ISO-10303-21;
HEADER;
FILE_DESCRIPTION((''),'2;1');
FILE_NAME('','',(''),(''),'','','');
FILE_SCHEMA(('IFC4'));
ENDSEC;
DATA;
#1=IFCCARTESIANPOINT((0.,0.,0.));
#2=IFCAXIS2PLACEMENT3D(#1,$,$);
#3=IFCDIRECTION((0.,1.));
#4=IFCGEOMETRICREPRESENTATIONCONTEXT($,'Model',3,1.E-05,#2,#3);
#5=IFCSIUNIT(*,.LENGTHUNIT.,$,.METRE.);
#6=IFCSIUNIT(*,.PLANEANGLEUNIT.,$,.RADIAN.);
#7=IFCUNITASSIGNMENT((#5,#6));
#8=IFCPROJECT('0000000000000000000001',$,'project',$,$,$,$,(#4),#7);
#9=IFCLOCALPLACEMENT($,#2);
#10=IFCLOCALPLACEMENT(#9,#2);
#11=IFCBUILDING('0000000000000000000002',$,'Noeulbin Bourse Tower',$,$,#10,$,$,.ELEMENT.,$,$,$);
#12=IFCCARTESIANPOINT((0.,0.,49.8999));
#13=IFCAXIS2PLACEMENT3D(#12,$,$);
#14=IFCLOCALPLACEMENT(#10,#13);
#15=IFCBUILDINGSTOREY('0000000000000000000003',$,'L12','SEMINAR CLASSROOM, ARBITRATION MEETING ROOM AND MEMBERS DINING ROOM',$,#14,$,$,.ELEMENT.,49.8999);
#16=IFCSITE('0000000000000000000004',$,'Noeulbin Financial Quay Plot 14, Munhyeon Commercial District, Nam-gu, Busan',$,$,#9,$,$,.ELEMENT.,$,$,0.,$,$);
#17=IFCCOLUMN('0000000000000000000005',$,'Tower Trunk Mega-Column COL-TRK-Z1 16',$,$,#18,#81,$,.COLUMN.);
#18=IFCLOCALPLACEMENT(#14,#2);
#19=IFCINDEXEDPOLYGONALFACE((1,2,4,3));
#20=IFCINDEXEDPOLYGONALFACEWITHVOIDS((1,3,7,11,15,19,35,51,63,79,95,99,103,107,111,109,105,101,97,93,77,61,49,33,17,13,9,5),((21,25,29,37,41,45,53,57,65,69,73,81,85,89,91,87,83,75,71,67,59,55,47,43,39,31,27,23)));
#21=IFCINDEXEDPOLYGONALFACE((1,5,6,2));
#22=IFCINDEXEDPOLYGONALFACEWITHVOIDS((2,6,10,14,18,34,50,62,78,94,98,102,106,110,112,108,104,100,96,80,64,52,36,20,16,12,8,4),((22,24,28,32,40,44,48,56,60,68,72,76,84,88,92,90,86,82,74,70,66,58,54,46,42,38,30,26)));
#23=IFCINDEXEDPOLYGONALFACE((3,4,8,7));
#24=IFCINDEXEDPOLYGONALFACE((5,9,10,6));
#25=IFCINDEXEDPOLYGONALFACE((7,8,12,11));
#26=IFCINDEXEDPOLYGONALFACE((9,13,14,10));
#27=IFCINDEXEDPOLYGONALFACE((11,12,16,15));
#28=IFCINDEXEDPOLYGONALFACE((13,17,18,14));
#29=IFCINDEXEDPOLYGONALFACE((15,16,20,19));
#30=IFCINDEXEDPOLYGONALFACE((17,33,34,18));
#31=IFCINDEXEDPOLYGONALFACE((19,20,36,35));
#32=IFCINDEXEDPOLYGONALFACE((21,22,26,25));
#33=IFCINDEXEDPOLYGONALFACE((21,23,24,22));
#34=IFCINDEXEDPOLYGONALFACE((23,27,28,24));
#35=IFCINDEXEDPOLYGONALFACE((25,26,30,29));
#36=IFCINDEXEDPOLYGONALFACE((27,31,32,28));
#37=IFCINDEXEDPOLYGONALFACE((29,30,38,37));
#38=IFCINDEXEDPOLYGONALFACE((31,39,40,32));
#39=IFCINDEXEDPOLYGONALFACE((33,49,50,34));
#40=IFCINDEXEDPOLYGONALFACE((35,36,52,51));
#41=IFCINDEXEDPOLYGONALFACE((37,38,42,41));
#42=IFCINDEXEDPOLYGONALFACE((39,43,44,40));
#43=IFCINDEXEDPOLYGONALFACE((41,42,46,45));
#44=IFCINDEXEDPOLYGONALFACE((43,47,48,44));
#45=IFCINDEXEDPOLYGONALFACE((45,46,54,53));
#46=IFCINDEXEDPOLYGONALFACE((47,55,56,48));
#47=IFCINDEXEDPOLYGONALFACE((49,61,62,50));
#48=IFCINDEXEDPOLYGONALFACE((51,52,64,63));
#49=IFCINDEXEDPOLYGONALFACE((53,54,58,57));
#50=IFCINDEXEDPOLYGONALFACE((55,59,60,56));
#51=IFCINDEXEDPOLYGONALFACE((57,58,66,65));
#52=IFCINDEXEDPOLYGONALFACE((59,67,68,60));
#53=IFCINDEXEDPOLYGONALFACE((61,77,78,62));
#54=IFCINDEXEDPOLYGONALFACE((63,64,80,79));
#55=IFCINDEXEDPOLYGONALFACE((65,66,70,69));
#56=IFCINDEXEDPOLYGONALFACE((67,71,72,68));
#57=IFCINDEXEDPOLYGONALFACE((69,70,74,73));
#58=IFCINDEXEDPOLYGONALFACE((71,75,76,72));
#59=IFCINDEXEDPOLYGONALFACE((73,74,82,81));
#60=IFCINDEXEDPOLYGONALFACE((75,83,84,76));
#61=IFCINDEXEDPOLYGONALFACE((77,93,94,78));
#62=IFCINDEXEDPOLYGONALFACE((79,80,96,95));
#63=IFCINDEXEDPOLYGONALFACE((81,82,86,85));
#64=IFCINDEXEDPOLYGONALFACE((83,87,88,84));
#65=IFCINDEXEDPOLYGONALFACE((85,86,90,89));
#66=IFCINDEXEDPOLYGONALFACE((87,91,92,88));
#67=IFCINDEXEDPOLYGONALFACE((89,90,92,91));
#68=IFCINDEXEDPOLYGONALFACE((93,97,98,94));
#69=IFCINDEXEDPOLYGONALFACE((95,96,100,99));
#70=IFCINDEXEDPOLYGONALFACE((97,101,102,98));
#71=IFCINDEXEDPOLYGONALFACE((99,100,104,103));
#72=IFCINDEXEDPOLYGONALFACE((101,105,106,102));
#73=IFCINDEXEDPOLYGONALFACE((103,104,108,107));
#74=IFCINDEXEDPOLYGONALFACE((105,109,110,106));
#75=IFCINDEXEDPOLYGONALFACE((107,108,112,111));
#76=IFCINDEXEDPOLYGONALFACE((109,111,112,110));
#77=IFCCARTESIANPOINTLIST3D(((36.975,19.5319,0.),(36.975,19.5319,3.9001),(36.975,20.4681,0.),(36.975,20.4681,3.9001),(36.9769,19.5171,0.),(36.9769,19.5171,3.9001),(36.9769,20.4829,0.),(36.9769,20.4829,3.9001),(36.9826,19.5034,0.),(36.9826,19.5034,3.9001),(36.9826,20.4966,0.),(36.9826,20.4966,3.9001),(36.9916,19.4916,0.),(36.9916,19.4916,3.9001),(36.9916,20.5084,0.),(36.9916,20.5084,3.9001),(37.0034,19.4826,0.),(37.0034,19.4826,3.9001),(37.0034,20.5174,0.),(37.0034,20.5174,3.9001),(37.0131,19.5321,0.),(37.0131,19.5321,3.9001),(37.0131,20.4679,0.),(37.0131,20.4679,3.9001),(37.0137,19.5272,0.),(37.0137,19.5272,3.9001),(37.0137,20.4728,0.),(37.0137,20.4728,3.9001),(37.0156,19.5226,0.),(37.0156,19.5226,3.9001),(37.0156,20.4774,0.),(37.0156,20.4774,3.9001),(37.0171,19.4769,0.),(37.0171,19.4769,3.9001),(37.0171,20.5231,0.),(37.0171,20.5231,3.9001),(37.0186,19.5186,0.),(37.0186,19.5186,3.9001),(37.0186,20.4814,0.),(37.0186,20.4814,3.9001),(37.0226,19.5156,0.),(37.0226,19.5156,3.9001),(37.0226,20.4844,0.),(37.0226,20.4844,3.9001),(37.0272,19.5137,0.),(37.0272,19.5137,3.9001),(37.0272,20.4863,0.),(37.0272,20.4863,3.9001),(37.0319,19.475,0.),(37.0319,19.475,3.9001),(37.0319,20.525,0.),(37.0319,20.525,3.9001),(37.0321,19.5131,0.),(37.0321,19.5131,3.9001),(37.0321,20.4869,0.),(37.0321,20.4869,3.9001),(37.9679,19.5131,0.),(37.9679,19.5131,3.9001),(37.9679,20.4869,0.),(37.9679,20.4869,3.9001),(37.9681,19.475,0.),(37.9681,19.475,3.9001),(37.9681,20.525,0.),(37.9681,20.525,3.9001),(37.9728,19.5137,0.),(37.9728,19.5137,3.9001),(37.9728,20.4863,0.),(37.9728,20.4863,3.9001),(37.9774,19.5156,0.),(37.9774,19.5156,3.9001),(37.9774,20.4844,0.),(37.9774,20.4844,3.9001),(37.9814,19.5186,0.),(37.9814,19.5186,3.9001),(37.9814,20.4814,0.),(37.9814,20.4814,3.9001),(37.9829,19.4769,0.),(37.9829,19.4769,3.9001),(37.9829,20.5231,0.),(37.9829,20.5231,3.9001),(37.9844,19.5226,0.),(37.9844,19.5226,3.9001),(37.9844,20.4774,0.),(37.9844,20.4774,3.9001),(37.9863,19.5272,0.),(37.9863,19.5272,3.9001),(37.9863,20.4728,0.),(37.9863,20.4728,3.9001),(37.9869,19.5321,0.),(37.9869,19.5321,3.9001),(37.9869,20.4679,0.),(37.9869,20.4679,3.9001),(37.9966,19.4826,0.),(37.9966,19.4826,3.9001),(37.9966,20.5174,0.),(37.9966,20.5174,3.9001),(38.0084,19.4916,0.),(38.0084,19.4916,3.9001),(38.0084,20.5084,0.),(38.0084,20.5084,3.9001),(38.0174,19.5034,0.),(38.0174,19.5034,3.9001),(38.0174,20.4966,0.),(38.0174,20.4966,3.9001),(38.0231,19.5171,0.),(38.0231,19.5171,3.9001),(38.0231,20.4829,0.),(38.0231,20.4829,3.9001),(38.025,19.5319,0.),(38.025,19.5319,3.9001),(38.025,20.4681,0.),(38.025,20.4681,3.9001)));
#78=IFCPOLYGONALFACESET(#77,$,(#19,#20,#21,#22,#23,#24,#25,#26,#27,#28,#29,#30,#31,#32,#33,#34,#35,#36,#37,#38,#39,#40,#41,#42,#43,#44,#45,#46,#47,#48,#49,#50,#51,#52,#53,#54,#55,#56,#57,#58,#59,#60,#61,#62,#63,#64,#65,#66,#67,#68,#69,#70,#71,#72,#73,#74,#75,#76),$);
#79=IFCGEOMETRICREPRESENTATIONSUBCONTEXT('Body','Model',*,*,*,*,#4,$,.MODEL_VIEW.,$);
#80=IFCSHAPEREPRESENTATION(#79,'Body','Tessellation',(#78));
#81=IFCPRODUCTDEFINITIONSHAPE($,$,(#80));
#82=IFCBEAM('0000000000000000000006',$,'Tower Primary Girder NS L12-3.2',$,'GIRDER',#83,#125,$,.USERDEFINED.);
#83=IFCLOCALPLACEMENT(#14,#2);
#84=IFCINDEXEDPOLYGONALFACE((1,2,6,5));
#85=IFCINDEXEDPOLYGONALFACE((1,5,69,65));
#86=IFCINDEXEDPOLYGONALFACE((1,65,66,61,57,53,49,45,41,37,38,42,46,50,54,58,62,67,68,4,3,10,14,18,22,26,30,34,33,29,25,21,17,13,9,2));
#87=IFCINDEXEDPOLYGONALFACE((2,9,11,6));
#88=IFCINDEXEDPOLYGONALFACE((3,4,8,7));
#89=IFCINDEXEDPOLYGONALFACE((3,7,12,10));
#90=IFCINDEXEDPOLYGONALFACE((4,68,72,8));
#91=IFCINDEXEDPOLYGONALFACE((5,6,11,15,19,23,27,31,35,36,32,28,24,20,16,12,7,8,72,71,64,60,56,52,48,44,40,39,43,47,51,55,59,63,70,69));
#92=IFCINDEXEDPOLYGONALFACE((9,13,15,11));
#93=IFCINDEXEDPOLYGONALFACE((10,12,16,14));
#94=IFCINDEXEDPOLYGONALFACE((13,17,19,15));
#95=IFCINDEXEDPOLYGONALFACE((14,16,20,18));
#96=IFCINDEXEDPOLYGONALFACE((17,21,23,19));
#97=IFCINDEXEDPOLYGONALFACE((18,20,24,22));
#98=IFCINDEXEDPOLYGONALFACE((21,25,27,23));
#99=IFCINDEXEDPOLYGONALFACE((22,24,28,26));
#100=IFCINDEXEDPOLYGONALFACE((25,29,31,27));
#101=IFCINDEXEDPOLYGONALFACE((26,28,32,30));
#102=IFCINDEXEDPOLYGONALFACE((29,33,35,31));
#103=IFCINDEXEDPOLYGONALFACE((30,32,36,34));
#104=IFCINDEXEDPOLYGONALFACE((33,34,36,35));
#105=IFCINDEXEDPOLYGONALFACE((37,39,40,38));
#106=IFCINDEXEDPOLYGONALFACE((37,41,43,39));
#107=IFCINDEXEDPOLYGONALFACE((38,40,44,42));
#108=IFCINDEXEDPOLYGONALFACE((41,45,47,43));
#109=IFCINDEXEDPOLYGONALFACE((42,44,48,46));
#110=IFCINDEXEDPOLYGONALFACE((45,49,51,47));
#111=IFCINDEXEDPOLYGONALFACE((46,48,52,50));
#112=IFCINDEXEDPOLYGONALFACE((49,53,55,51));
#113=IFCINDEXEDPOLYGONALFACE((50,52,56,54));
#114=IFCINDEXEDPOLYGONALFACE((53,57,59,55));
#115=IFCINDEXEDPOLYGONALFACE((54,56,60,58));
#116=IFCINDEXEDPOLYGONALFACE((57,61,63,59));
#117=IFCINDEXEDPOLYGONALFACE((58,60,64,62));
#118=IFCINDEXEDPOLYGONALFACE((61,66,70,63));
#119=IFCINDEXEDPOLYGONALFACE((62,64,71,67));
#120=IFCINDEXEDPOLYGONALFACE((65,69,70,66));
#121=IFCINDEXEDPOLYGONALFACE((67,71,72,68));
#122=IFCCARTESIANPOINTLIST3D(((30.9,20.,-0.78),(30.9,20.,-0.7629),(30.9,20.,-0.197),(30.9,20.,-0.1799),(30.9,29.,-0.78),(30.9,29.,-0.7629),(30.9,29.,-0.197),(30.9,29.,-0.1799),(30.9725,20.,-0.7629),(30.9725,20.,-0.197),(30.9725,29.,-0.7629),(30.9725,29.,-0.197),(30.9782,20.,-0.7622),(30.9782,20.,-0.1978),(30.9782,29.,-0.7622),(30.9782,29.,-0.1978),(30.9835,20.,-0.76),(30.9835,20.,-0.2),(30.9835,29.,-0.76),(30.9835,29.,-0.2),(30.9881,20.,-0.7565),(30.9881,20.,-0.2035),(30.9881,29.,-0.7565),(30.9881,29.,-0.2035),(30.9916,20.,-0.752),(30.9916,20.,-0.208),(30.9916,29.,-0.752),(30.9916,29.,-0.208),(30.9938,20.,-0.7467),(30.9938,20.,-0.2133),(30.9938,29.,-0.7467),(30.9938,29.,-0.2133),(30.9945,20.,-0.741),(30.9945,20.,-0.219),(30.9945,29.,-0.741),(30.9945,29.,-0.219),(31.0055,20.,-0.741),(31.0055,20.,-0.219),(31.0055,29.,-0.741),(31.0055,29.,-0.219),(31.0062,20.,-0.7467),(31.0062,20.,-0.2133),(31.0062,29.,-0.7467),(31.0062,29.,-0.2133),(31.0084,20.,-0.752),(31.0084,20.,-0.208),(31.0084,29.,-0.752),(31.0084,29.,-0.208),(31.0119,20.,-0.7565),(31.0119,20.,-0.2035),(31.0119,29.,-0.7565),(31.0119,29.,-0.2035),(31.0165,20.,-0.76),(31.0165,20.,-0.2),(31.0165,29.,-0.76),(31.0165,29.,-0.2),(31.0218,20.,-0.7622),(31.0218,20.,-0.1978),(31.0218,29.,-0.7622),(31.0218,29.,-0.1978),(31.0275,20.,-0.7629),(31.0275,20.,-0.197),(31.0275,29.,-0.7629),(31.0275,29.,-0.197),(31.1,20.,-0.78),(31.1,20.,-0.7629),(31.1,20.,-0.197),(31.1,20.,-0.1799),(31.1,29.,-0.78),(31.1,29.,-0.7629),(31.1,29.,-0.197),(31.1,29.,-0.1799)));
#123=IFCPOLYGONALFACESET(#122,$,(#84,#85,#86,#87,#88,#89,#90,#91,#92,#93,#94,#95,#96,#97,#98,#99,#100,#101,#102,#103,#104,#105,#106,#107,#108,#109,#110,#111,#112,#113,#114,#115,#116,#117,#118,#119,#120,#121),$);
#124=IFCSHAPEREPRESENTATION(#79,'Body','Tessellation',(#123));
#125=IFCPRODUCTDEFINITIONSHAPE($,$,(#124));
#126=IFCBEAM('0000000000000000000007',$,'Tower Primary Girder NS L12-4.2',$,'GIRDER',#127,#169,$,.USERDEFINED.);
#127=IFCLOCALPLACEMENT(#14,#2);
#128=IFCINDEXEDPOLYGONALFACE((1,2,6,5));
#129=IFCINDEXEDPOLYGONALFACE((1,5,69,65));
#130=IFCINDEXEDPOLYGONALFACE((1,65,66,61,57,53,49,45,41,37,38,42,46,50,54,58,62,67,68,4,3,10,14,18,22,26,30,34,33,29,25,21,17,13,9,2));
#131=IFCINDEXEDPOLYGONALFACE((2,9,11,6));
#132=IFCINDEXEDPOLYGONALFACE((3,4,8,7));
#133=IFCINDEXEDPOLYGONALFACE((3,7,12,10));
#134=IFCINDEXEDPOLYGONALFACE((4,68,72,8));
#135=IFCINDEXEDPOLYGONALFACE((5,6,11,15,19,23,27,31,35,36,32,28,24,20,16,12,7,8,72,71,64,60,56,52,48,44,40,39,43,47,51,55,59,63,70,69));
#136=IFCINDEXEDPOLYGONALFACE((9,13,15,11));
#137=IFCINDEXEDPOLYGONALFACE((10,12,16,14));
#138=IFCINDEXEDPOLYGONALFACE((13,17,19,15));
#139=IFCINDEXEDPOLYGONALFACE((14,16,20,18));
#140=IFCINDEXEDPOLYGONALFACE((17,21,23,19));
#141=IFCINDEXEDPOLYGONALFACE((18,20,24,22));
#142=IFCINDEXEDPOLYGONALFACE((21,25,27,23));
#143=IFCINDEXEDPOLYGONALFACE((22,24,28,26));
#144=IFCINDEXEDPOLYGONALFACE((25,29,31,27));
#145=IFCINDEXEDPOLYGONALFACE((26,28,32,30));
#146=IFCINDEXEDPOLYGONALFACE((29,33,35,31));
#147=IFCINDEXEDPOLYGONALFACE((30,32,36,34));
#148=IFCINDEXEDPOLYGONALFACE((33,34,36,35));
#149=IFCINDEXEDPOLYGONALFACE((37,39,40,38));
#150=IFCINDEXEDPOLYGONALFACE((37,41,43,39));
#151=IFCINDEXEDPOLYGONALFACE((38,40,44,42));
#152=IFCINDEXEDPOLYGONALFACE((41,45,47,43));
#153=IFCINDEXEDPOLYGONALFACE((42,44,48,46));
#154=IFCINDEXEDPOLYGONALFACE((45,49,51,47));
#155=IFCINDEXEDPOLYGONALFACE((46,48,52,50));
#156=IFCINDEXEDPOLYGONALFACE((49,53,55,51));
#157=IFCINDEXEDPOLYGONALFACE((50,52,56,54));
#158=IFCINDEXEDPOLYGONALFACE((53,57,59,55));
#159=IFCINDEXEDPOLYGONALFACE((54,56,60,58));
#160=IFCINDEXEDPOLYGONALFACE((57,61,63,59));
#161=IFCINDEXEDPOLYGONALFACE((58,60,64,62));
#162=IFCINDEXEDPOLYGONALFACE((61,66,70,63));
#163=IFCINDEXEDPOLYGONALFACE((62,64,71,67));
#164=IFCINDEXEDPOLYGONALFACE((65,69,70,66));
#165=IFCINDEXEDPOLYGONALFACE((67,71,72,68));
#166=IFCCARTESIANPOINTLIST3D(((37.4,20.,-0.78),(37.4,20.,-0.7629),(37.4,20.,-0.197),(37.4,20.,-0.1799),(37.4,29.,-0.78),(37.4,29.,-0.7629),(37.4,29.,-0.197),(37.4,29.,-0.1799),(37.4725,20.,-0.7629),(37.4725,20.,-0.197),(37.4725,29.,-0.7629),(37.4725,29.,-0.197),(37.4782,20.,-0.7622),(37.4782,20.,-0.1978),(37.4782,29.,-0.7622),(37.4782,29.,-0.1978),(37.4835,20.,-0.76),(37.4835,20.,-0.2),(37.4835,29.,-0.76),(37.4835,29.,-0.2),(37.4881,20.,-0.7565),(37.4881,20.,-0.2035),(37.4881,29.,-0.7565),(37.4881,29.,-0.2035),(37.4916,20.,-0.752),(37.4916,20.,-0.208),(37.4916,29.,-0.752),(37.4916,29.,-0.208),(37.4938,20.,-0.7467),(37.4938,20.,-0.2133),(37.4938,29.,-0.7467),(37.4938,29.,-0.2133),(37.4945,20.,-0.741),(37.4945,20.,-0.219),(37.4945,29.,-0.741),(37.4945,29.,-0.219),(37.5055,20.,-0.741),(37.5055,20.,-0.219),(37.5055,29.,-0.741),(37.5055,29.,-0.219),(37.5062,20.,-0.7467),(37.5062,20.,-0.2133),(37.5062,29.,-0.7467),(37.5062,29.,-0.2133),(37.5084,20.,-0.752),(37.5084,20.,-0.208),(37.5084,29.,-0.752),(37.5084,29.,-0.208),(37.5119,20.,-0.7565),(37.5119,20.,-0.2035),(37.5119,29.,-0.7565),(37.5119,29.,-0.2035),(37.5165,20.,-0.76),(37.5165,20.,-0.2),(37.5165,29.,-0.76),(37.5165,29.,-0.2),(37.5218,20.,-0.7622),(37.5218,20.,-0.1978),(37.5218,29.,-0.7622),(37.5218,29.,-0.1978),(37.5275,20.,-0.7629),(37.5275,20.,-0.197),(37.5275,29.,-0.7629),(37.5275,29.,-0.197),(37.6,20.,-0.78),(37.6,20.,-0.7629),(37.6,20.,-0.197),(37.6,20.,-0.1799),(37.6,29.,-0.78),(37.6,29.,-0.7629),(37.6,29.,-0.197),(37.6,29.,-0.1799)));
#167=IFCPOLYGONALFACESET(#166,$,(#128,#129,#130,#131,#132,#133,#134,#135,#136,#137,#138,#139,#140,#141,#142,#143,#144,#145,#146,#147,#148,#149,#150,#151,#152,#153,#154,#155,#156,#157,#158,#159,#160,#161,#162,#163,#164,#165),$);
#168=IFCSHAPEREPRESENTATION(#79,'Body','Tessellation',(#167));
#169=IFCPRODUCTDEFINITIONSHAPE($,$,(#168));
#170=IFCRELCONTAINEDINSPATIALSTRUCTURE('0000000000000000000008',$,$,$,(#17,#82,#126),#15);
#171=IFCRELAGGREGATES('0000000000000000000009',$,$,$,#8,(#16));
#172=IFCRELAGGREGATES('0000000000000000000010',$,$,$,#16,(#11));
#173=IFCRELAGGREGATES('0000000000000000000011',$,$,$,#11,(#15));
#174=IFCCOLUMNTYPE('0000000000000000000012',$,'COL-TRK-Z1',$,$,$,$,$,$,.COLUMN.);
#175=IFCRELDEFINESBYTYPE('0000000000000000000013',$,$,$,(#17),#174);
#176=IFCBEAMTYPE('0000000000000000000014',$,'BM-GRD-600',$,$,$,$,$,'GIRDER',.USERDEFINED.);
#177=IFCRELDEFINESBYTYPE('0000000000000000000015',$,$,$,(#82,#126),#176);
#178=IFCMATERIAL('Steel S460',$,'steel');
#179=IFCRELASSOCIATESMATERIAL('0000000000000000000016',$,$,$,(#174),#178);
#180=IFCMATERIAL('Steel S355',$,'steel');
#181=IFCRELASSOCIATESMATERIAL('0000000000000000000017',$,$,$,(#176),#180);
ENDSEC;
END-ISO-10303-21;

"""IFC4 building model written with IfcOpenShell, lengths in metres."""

from ifc_helpers import new_model, si_unit, direction, frame, origin, origin_2d, place, context, subcontext, project, spatial, hollow_rectangle, i_section, extrude, material, material_profile, profile_set, type_object, element, save


model = new_model("IFC4")

# Units and contexts
model_context = context("Model", 3, precision=1e-05, world=origin(), true_north=direction((0.0, 1.0)))
body_context = subcontext(model_context, "Body", "Model", "MODEL_VIEW")
ifc_project = project(units=[si_unit("LENGTHUNIT", "METRE"), si_unit("PLANEANGLEUNIT", "RADIAN")], contexts=[model_context])

# Site, building, storey
site_placement = place(None, origin())
site = spatial("IfcSite", under=ifc_project, at=site_placement, Name="Noeulbin Financial Quay Plot 14, Munhyeon Commercial District, Nam-gu, Busan", CompositionType="ELEMENT", RefElevation=0.0)
building_placement = place(site_placement, origin())
building = spatial("IfcBuilding", under=site, at=building_placement, Name="Noeulbin Bourse Tower", CompositionType="ELEMENT")
storey_placement = place(building_placement, frame((0.0, 0.0, 49.8999)))
storey = spatial("IfcBuildingStorey", under=building, at=storey_placement, Name="L12", Description="SEMINAR CLASSROOM, ARBITRATION MEETING ROOM AND MEMBERS DINING ROOM", CompositionType="ELEMENT", Elevation=49.8999)

# Column
ifc_material_1 = material(Name="Steel S460", Category="steel")
ifc_material_profile_1 = material_profile(ifc_material_1, hollow_rectangle(XDim=1.05, YDim=1.05, WallThickness=0.0381, InnerFilletRadius=0.019, OuterFilletRadius=0.0569, at=origin_2d()), Name="BOX-1050x1050x38", Category="LoadBearing")
ifc_profile_set_1 = profile_set([ifc_material_profile_1], Name="Steel S460")
column_type = type_object("IfcColumnType", Name="COL-TRK-Z1", PredefinedType="COLUMN", material=ifc_profile_set_1)
for number, where, z_axis, x_axis, name in (
    (1, (37.5, 20.0, 0.0), (0.0, 0.0, 1.0), (1.0, 0.0, 0.0), "Tower Trunk Mega-Column COL-TRK-Z1 16"),
):
    element("IfcColumn", number, at=place(storey_placement, frame(where, z_axis=z_axis, x_axis=x_axis)), inside=storey, type_object=column_type, Name=name, PredefinedType="COLUMN", context=body_context, shape_type="SweptSolid", body=[
        extrude(hollow_rectangle(XDim=1.05, YDim=1.05, WallThickness=0.0381, InnerFilletRadius=0.019, OuterFilletRadius=0.0569, at=origin_2d()), origin(), (0.0, 0.0, 1.0), 3.9001),
    ])

# Beams
ifc_material_2 = material(Name="Steel S355", Category="steel")
ifc_material_profile_2 = material_profile(ifc_material_2, i_section(OverallWidth=0.2, OverallDepth=0.6001, WebThickness=0.011, FlangeThickness=0.0171, FilletRadius=0.022, at=origin_2d()), Name="H-600x200x11x17", Category="LoadBearing")
ifc_profile_set_2 = profile_set([ifc_material_profile_2], Name="Steel S355")
beam_type_1 = type_object("IfcBeamType", Name="BM-GRD-600", ElementType="GIRDER", PredefinedType="USERDEFINED", material=ifc_profile_set_2)
for number, where, z_axis, x_axis, name in (
    (2, (31.0, 20.0, -0.48), (0.0, 1.0, 0.0), (-1.0, 0.0, 0.0), "Tower Primary Girder NS L12-3.2"),
    (3, (37.5, 20.0, -0.48), (0.0, 1.0, 0.0), (-1.0, 0.0, 0.0), "Tower Primary Girder NS L12-4.2"),
):
    element("IfcBeam", number, at=place(storey_placement, frame(where, z_axis=z_axis, x_axis=x_axis)), inside=storey, type_object=beam_type_1, Name=name, ObjectType="GIRDER", PredefinedType="USERDEFINED", context=body_context, shape_type="SweptSolid", body=[
        extrude(i_section(OverallWidth=0.2, OverallDepth=0.6001, WebThickness=0.011, FlangeThickness=0.0171, FilletRadius=0.022, at=origin_2d()), origin(), (0.0, 0.0, 1.0), 9.0),
    ])

save(model, "model.ifc")
